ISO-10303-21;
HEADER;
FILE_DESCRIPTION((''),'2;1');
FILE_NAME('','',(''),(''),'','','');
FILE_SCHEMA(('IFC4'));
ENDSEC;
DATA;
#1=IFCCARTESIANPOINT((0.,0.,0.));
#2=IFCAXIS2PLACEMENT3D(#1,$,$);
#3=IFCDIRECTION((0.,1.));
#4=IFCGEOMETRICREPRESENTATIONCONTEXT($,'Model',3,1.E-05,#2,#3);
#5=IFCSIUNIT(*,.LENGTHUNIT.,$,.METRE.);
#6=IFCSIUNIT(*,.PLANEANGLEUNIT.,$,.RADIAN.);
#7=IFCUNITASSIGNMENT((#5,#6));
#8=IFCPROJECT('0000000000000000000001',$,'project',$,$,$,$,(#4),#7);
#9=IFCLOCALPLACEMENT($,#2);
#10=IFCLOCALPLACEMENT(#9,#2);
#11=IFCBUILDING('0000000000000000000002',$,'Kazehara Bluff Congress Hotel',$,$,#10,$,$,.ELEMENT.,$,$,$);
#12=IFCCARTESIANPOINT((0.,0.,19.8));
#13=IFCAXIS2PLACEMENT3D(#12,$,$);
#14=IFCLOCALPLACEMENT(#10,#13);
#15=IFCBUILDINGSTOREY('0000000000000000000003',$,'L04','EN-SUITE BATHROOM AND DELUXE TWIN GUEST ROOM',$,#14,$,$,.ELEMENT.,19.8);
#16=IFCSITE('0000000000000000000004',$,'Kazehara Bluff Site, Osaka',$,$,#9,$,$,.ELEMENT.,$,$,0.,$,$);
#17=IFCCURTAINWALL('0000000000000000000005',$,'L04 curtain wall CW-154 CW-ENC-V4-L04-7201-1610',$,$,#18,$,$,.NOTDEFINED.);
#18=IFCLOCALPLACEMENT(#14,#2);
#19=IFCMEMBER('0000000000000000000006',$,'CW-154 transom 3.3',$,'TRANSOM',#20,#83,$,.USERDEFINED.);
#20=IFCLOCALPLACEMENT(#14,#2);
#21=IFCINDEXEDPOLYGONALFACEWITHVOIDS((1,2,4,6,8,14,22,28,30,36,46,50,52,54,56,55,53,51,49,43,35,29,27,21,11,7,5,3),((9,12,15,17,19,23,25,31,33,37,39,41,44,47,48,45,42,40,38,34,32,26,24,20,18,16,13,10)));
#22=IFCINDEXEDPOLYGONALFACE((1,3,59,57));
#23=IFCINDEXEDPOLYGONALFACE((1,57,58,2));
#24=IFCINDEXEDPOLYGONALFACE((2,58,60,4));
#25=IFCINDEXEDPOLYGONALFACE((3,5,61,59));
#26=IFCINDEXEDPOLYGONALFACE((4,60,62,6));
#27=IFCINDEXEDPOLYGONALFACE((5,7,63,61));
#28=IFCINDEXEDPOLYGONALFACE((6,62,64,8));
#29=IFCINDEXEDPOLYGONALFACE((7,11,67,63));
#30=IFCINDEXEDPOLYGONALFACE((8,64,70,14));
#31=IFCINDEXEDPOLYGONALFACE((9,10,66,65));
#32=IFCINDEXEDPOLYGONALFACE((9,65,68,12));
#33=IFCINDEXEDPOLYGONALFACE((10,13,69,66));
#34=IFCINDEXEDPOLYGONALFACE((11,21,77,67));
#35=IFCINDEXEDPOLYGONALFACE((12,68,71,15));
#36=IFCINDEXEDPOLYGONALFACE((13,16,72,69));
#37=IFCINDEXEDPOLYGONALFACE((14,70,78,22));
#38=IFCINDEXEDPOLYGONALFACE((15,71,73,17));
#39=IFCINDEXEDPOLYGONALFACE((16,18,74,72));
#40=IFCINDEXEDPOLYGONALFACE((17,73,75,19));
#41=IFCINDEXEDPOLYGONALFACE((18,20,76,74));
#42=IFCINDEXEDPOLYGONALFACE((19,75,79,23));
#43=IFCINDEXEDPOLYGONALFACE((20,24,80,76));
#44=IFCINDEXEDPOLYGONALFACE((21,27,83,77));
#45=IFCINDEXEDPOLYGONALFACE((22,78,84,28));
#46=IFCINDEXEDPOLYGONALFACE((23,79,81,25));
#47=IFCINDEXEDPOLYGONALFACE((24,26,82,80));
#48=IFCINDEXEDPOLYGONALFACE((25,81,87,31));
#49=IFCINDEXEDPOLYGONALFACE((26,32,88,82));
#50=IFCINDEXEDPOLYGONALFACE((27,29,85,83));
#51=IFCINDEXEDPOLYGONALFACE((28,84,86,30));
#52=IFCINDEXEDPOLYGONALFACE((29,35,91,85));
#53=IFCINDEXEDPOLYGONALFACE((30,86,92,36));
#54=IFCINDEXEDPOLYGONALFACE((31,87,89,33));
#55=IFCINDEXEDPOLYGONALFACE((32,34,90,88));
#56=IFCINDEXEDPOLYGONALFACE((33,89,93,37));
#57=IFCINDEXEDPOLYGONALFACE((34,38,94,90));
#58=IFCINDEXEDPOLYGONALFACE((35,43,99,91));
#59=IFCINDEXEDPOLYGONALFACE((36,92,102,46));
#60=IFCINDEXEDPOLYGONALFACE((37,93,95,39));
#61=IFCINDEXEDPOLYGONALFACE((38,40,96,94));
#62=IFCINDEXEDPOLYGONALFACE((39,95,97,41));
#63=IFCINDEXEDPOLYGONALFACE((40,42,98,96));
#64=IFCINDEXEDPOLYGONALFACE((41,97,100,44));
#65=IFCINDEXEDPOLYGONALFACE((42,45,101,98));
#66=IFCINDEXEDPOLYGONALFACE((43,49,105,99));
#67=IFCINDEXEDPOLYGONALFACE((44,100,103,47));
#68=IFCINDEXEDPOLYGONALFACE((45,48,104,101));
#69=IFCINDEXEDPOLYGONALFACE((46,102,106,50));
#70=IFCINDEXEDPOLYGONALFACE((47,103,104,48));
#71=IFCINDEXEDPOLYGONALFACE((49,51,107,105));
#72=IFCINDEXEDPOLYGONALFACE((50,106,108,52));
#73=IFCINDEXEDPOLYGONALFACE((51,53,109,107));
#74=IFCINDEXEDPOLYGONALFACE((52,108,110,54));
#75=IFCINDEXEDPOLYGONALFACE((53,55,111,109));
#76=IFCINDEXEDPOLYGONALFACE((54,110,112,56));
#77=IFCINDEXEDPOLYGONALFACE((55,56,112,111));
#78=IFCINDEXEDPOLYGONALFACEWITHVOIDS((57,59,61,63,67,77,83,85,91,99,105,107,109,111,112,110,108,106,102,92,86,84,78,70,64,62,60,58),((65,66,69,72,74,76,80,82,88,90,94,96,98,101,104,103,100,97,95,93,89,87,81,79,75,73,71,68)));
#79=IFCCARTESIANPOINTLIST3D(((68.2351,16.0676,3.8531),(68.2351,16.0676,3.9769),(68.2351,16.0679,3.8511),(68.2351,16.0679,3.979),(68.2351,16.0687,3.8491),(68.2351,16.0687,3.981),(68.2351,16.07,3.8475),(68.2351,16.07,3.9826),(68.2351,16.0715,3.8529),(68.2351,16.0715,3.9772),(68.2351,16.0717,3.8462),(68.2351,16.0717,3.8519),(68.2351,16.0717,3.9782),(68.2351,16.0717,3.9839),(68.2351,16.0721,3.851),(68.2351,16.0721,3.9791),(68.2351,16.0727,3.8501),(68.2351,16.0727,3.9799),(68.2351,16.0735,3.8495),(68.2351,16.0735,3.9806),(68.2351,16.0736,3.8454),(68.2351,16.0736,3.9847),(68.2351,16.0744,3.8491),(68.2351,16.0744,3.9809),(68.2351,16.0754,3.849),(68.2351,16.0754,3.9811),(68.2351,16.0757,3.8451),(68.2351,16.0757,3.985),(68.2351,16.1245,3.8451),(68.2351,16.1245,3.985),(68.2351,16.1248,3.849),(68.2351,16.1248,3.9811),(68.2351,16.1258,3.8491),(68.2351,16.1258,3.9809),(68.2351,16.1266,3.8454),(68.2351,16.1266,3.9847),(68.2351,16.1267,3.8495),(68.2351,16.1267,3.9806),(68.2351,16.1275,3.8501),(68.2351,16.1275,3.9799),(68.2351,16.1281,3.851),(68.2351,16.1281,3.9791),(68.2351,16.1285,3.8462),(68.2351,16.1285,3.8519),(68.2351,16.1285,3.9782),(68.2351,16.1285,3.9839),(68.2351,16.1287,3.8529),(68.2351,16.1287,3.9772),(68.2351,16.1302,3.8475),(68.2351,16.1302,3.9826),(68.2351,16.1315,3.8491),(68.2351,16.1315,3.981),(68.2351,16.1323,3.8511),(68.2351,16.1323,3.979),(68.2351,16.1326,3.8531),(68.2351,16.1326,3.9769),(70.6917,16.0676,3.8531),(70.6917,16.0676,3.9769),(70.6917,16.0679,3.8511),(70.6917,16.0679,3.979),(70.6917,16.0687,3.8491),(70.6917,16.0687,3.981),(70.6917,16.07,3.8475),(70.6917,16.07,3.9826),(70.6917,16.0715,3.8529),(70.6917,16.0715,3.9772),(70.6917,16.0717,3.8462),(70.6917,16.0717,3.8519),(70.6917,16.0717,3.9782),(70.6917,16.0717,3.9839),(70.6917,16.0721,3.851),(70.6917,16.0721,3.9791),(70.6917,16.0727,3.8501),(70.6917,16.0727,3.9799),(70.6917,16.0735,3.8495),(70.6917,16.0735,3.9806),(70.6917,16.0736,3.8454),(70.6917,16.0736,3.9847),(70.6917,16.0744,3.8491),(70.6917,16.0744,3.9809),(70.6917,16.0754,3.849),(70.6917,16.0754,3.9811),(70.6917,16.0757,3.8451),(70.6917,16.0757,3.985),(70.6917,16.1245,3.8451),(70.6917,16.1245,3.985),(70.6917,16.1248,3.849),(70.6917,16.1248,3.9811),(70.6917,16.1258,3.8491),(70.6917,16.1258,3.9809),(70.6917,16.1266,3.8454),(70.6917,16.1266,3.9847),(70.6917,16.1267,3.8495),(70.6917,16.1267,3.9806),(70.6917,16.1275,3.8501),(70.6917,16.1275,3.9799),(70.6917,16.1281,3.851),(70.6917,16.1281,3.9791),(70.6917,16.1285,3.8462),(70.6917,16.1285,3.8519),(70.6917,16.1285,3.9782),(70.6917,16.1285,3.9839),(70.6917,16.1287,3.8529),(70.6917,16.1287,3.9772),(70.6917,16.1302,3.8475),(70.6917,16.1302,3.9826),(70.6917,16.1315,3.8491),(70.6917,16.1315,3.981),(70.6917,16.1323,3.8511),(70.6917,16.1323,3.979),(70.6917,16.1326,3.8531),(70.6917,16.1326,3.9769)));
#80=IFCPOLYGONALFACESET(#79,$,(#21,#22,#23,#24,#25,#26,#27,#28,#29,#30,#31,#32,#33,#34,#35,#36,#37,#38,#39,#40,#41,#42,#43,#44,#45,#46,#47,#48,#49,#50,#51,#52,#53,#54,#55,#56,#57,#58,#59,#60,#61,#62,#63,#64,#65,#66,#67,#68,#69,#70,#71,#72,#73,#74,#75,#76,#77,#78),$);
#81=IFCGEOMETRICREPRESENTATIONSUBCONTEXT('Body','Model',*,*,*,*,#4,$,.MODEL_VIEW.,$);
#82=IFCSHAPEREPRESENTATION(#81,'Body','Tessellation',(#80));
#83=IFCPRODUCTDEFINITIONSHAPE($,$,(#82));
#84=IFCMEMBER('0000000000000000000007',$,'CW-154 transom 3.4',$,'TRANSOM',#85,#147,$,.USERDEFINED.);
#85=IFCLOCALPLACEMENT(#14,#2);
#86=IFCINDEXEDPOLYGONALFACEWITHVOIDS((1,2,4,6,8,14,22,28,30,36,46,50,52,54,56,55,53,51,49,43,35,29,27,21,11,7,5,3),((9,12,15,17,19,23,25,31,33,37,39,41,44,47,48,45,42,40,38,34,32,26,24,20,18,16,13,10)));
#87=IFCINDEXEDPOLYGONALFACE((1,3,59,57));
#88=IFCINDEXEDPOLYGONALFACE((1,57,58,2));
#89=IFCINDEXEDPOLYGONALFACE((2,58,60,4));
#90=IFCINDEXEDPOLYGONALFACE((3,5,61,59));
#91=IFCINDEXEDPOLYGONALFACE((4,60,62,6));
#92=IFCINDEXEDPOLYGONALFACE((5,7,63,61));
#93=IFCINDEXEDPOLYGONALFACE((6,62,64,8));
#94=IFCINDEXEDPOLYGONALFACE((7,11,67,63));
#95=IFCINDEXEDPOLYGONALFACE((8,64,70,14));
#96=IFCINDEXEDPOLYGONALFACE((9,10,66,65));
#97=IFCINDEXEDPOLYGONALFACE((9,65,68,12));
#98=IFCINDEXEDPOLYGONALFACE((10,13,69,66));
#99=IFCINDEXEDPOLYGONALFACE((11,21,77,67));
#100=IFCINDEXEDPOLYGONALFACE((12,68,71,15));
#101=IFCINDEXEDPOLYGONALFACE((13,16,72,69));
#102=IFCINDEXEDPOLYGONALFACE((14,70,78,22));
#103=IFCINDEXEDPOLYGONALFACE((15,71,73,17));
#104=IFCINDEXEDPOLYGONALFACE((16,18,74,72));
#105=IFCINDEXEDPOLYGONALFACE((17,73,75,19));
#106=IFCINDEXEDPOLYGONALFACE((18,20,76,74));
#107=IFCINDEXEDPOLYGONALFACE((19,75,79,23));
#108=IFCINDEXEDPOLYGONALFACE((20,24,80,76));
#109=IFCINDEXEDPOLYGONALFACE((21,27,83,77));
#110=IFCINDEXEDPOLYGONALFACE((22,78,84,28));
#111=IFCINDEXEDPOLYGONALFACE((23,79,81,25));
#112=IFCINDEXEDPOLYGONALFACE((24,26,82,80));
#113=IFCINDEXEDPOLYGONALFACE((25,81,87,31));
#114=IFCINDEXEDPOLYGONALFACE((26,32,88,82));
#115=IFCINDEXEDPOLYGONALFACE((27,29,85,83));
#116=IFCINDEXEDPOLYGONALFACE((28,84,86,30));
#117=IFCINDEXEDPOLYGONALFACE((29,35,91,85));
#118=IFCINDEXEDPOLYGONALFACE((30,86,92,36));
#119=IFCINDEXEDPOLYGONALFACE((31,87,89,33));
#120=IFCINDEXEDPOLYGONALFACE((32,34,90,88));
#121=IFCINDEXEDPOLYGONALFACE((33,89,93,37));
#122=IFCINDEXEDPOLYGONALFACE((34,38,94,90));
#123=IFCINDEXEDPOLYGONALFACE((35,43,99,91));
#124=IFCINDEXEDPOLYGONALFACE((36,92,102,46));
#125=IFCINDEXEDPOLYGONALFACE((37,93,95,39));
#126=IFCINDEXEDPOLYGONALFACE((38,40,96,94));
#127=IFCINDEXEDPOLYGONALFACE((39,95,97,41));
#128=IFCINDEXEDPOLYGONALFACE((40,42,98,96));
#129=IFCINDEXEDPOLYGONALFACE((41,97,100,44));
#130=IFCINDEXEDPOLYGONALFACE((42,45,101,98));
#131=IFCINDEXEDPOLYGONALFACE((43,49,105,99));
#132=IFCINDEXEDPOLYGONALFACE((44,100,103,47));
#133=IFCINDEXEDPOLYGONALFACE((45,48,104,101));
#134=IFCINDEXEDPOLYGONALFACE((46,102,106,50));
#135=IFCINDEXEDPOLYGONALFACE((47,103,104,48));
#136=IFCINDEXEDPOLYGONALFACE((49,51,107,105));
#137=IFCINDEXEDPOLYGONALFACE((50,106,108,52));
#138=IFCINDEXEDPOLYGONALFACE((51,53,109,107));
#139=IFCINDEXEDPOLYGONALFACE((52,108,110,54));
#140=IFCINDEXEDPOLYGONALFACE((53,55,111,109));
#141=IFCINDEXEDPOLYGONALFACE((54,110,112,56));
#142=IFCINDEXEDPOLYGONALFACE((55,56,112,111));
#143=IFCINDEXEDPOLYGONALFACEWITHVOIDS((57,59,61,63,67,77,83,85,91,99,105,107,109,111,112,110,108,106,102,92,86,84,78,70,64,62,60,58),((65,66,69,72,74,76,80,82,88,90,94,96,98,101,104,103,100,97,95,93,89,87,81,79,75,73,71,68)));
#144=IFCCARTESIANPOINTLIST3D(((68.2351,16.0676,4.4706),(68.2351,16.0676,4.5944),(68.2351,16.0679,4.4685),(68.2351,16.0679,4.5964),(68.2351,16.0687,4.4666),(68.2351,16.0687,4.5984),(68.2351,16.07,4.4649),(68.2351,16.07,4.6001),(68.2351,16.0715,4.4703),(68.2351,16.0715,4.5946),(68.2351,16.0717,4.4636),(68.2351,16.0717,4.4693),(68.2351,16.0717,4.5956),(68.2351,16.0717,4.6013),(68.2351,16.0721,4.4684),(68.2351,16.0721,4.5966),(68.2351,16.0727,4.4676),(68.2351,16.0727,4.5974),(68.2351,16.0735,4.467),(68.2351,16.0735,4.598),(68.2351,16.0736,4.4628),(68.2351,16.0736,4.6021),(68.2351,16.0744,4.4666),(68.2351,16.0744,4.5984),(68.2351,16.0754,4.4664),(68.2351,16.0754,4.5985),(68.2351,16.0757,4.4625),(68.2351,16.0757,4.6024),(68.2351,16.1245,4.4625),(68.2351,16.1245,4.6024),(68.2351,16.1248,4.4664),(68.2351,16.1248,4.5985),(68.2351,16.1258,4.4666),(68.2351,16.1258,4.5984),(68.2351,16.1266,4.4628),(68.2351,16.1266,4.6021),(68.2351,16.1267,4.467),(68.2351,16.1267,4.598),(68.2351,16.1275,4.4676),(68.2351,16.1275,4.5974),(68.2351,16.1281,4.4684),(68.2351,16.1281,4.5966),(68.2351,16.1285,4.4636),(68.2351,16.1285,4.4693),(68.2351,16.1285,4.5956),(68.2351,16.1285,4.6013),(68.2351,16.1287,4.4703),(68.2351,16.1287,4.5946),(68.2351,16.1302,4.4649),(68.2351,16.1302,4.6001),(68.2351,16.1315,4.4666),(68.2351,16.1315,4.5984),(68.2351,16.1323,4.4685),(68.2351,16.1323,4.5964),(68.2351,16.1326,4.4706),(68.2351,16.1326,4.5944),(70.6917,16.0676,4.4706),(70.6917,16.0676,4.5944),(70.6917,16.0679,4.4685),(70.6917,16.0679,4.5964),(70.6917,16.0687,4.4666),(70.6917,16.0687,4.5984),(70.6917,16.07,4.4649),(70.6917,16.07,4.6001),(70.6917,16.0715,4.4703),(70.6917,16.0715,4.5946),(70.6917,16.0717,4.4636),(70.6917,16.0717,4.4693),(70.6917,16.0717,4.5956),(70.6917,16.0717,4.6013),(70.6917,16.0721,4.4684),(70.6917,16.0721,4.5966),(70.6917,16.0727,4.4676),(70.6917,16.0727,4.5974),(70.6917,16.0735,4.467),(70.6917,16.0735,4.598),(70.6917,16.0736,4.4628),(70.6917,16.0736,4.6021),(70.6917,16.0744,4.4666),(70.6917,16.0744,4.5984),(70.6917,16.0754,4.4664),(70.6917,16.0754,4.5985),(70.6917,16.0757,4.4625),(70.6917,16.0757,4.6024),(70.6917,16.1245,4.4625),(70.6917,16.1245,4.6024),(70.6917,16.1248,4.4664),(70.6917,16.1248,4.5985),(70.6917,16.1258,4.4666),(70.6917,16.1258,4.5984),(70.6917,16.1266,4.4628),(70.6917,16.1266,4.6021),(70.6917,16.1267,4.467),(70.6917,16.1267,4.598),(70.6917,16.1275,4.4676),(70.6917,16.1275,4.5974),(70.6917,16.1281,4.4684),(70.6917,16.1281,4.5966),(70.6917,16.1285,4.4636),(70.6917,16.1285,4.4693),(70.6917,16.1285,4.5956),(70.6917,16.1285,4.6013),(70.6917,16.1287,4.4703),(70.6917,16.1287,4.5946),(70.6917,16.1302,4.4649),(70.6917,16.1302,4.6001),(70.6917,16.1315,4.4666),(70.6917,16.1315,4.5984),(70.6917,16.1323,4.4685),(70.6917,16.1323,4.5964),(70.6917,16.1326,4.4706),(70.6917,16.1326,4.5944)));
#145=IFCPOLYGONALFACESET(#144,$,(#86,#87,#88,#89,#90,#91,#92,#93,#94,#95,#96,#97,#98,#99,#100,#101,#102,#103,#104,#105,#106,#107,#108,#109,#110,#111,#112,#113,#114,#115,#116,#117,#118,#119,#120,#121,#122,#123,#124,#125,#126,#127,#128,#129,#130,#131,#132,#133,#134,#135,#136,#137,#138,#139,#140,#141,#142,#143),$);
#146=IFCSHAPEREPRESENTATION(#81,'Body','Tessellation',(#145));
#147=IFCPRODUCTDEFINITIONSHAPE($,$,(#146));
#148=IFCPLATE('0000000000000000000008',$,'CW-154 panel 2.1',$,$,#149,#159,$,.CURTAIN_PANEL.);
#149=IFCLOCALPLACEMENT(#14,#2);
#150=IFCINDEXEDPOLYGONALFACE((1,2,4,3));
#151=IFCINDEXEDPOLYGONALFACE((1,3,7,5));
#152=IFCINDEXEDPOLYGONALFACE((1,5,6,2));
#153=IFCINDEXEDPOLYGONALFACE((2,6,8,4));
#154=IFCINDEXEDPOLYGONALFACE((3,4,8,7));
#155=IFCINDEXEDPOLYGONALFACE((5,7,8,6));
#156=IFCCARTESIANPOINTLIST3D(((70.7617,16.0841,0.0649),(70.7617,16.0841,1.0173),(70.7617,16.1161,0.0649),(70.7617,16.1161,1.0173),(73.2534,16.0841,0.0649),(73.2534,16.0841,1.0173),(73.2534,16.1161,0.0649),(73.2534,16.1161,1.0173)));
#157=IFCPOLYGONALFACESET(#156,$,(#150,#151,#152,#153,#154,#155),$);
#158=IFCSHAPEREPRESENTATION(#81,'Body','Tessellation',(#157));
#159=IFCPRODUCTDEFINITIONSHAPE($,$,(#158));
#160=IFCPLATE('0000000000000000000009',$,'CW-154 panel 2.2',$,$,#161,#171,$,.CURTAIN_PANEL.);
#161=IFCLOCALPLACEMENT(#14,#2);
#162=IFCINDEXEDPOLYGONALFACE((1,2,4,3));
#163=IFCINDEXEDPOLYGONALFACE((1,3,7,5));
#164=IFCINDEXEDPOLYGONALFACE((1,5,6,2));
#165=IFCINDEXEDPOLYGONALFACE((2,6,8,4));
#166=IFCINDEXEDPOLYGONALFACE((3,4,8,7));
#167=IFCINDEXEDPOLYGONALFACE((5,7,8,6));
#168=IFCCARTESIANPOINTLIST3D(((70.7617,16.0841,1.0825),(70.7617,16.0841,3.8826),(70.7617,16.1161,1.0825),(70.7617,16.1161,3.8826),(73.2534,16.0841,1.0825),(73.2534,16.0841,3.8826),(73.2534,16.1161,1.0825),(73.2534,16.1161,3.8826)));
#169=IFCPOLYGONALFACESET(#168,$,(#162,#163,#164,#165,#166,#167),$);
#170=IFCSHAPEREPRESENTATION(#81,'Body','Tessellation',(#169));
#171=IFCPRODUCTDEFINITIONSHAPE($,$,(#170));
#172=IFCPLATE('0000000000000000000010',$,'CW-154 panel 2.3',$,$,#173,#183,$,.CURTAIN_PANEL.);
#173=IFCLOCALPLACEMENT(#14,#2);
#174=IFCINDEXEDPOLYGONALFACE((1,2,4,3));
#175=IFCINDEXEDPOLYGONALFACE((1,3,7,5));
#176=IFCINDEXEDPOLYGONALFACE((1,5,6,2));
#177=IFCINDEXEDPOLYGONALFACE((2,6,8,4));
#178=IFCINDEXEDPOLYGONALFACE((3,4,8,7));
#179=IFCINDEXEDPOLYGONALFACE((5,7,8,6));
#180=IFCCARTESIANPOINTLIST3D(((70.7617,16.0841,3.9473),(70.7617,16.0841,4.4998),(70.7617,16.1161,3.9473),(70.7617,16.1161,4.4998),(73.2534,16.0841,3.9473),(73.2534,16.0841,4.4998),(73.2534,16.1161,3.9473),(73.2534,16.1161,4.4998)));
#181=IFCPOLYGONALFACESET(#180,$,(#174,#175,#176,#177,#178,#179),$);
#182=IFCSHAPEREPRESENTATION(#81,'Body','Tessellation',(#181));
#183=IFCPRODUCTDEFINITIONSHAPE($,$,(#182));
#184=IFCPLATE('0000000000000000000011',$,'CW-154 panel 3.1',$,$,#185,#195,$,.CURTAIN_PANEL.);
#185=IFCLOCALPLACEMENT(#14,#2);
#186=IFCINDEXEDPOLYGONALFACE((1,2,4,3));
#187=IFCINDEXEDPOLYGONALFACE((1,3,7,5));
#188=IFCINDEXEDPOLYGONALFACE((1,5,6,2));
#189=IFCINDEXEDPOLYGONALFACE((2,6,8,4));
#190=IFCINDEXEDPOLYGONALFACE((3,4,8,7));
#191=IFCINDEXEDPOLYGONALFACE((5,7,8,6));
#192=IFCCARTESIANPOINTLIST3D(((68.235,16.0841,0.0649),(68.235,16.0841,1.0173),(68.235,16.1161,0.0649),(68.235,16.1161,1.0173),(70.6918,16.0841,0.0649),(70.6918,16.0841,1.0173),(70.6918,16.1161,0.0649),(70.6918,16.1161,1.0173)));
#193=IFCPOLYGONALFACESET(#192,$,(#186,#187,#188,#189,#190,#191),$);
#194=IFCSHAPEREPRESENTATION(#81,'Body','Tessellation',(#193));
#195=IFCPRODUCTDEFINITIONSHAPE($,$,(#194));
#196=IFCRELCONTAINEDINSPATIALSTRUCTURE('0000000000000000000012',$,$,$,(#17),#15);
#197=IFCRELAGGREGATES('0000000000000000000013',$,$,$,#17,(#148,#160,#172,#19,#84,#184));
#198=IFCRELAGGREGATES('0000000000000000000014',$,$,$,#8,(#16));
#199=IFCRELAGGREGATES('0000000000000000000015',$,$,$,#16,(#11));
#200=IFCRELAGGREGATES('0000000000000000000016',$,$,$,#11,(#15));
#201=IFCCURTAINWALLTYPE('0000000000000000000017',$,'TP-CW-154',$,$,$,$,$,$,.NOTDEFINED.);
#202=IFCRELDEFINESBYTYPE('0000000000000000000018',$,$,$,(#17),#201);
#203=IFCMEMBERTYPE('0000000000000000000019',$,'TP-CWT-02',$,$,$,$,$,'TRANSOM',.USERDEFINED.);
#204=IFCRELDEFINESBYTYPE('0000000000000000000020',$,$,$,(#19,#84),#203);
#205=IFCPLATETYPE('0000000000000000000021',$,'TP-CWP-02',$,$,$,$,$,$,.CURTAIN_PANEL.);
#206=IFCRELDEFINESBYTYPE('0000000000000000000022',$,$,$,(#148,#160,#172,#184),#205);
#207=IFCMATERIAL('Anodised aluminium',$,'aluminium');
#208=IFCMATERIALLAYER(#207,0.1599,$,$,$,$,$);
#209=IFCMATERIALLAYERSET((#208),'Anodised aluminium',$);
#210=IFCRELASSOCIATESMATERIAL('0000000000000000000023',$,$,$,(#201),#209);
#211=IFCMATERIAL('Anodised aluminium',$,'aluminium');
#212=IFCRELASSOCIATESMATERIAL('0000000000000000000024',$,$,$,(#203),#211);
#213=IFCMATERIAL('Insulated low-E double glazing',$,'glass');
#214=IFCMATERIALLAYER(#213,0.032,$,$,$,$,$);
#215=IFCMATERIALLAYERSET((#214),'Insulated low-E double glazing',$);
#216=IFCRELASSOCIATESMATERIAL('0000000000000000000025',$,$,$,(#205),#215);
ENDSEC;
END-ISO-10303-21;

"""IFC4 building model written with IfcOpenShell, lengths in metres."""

from ifc_helpers import new_model, si_unit, direction, frame, origin, origin_2d, place, context, subcontext, project, spatial, rectangle, hollow_rectangle, extrude, material, layer, layer_set, material_profile, profile_set, type_object, element, aggregate, save


model = new_model("IFC4")

# Units and contexts
model_context = context("Model", 3, precision=1e-05, world=origin(), true_north=direction((0.0, 1.0)))
body_context = subcontext(model_context, "Body", "Model", "MODEL_VIEW")
ifc_project = project(units=[si_unit("LENGTHUNIT", "METRE"), si_unit("PLANEANGLEUNIT", "RADIAN")], contexts=[model_context])

# Site, building, storey
site_placement = place(None, origin())
site = spatial("IfcSite", under=ifc_project, at=site_placement, Name="Kazehara Bluff Site, Osaka", CompositionType="ELEMENT", RefElevation=0.0)
building_placement = place(site_placement, origin())
building = spatial("IfcBuilding", under=site, at=building_placement, Name="Kazehara Bluff Congress Hotel", CompositionType="ELEMENT")
storey_placement = place(building_placement, frame((0.0, 0.0, 19.8)))
storey = spatial("IfcBuildingStorey", under=building, at=storey_placement, Name="L04", Description="EN-SUITE BATHROOM AND DELUXE TWIN GUEST ROOM", CompositionType="ELEMENT", Elevation=19.8)

# Curtain wall, members, plates
ifc_material_1 = material(Name="Anodised aluminium", Category="aluminium")
ifc_layer_1 = layer(ifc_material_1, 0.1599)
ifc_layer_set_1 = layer_set([ifc_layer_1], Name="Anodised aluminium")
curtain_wall_type = type_object("IfcCurtainWallType", Name="TP-CW-154", PredefinedType="NOTDEFINED", material=ifc_layer_set_1)
curtain_wall_placement = place(storey_placement, origin())
curtain_wall = element("IfcCurtainWall", 1, at=curtain_wall_placement, inside=storey, type_object=curtain_wall_type, Name="L04 curtain wall CW-154 CW-ENC-V4-L04-7201-1610", PredefinedType="NOTDEFINED")
ifc_material_2 = material(Name="Anodised aluminium", Category="aluminium")
ifc_material_profile_1 = material_profile(ifc_material_2, hollow_rectangle(XDim=0.0649, YDim=0.1399, WallThickness=0.0039, InnerFilletRadius=0.0039, OuterFilletRadius=0.0081, at=origin_2d()))
ifc_profile_set_1 = profile_set([ifc_material_profile_1], Name="Anodised aluminium")
member_type_1 = type_object("IfcMemberType", Name="TP-CWT-02", ElementType="TRANSOM", PredefinedType="USERDEFINED", material=ifc_profile_set_1)
member_1_placement = place(storey_placement, frame((70.6917, 16.1001, 3.915), z_axis=(-1.0, 0.0, 0.0), x_axis=(0.0, -1.0, 0.0)))
member_1 = element("IfcMember", 2, at=member_1_placement, type_object=member_type_1, Name="CW-154 transom 3.3", ObjectType="TRANSOM", PredefinedType="USERDEFINED", context=body_context, shape_type="SweptSolid", body=[
    extrude(hollow_rectangle(XDim=0.0649, YDim=0.1399, WallThickness=0.0039, InnerFilletRadius=0.0039, OuterFilletRadius=0.0081, at=origin_2d()), origin(), (0.0, 0.0, 1.0), 2.4565),
])
member_2_placement = place(storey_placement, frame((70.6917, 16.1001, 4.5325), z_axis=(-1.0, 0.0, 0.0), x_axis=(0.0, -1.0, 0.0)))
member_2 = element("IfcMember", 3, at=member_2_placement, type_object=member_type_1, Name="CW-154 transom 3.4", ObjectType="TRANSOM", PredefinedType="USERDEFINED", context=body_context, shape_type="SweptSolid", body=[
    extrude(hollow_rectangle(XDim=0.0649, YDim=0.1399, WallThickness=0.0039, InnerFilletRadius=0.0039, OuterFilletRadius=0.0081, at=origin_2d()), origin(), (0.0, 0.0, 1.0), 2.4565),
])
ifc_material_3 = material(Name="Insulated low-E double glazing", Category="glass")
ifc_layer_2 = layer(ifc_material_3, 0.032)
ifc_layer_set_2 = layer_set([ifc_layer_2], Name="Insulated low-E double glazing")
plate_type = type_object("IfcPlateType", Name="TP-CWP-02", PredefinedType="CURTAIN_PANEL", material=ifc_layer_set_2)
plate_1_placement = place(storey_placement, frame((72.0076, 16.1001, 0.0649), z_axis=(0.0, 0.0, 1.0), x_axis=(-1.0, 0.0, 0.0)))
plate_1 = element("IfcPlate", 4, at=plate_1_placement, type_object=plate_type, Name="CW-154 panel 2.1", PredefinedType="CURTAIN_PANEL", context=body_context, shape_type="SweptSolid", body=[
    extrude(rectangle(XDim=2.4917, YDim=0.032, at=origin_2d()), origin(), (0.0, 0.0, 1.0), 0.9524),
])
plate_2_placement = place(storey_placement, frame((72.0076, 16.1001, 1.0825), z_axis=(0.0, 0.0, 1.0), x_axis=(-1.0, 0.0, 0.0)))
plate_2 = element("IfcPlate", 5, at=plate_2_placement, type_object=plate_type, Name="CW-154 panel 2.2", PredefinedType="CURTAIN_PANEL", context=body_context, shape_type="SweptSolid", body=[
    extrude(rectangle(XDim=2.4917, YDim=0.032, at=origin_2d()), origin(), (0.0, 0.0, 1.0), 2.8),
])
plate_3_placement = place(storey_placement, frame((72.0076, 16.1001, 3.9473), z_axis=(0.0, 0.0, 1.0), x_axis=(-1.0, 0.0, 0.0)))
plate_3 = element("IfcPlate", 6, at=plate_3_placement, type_object=plate_type, Name="CW-154 panel 2.3", PredefinedType="CURTAIN_PANEL", context=body_context, shape_type="SweptSolid", body=[
    extrude(rectangle(XDim=2.4917, YDim=0.032, at=origin_2d()), origin(), (0.0, 0.0, 1.0), 0.5525),
])
plate_4_placement = place(storey_placement, frame((69.4634, 16.1001, 0.0649), z_axis=(0.0, 0.0, 1.0), x_axis=(-1.0, 0.0, 0.0)))
plate_4 = element("IfcPlate", 7, at=plate_4_placement, type_object=plate_type, Name="CW-154 panel 3.1", PredefinedType="CURTAIN_PANEL", context=body_context, shape_type="SweptSolid", body=[
    extrude(rectangle(XDim=2.4568, YDim=0.032, at=origin_2d()), origin(), (0.0, 0.0, 1.0), 0.9524),
])
aggregate(curtain_wall, [plate_1, plate_2, plate_3, member_1, member_2, plate_4])

save(model, "model.ifc")
